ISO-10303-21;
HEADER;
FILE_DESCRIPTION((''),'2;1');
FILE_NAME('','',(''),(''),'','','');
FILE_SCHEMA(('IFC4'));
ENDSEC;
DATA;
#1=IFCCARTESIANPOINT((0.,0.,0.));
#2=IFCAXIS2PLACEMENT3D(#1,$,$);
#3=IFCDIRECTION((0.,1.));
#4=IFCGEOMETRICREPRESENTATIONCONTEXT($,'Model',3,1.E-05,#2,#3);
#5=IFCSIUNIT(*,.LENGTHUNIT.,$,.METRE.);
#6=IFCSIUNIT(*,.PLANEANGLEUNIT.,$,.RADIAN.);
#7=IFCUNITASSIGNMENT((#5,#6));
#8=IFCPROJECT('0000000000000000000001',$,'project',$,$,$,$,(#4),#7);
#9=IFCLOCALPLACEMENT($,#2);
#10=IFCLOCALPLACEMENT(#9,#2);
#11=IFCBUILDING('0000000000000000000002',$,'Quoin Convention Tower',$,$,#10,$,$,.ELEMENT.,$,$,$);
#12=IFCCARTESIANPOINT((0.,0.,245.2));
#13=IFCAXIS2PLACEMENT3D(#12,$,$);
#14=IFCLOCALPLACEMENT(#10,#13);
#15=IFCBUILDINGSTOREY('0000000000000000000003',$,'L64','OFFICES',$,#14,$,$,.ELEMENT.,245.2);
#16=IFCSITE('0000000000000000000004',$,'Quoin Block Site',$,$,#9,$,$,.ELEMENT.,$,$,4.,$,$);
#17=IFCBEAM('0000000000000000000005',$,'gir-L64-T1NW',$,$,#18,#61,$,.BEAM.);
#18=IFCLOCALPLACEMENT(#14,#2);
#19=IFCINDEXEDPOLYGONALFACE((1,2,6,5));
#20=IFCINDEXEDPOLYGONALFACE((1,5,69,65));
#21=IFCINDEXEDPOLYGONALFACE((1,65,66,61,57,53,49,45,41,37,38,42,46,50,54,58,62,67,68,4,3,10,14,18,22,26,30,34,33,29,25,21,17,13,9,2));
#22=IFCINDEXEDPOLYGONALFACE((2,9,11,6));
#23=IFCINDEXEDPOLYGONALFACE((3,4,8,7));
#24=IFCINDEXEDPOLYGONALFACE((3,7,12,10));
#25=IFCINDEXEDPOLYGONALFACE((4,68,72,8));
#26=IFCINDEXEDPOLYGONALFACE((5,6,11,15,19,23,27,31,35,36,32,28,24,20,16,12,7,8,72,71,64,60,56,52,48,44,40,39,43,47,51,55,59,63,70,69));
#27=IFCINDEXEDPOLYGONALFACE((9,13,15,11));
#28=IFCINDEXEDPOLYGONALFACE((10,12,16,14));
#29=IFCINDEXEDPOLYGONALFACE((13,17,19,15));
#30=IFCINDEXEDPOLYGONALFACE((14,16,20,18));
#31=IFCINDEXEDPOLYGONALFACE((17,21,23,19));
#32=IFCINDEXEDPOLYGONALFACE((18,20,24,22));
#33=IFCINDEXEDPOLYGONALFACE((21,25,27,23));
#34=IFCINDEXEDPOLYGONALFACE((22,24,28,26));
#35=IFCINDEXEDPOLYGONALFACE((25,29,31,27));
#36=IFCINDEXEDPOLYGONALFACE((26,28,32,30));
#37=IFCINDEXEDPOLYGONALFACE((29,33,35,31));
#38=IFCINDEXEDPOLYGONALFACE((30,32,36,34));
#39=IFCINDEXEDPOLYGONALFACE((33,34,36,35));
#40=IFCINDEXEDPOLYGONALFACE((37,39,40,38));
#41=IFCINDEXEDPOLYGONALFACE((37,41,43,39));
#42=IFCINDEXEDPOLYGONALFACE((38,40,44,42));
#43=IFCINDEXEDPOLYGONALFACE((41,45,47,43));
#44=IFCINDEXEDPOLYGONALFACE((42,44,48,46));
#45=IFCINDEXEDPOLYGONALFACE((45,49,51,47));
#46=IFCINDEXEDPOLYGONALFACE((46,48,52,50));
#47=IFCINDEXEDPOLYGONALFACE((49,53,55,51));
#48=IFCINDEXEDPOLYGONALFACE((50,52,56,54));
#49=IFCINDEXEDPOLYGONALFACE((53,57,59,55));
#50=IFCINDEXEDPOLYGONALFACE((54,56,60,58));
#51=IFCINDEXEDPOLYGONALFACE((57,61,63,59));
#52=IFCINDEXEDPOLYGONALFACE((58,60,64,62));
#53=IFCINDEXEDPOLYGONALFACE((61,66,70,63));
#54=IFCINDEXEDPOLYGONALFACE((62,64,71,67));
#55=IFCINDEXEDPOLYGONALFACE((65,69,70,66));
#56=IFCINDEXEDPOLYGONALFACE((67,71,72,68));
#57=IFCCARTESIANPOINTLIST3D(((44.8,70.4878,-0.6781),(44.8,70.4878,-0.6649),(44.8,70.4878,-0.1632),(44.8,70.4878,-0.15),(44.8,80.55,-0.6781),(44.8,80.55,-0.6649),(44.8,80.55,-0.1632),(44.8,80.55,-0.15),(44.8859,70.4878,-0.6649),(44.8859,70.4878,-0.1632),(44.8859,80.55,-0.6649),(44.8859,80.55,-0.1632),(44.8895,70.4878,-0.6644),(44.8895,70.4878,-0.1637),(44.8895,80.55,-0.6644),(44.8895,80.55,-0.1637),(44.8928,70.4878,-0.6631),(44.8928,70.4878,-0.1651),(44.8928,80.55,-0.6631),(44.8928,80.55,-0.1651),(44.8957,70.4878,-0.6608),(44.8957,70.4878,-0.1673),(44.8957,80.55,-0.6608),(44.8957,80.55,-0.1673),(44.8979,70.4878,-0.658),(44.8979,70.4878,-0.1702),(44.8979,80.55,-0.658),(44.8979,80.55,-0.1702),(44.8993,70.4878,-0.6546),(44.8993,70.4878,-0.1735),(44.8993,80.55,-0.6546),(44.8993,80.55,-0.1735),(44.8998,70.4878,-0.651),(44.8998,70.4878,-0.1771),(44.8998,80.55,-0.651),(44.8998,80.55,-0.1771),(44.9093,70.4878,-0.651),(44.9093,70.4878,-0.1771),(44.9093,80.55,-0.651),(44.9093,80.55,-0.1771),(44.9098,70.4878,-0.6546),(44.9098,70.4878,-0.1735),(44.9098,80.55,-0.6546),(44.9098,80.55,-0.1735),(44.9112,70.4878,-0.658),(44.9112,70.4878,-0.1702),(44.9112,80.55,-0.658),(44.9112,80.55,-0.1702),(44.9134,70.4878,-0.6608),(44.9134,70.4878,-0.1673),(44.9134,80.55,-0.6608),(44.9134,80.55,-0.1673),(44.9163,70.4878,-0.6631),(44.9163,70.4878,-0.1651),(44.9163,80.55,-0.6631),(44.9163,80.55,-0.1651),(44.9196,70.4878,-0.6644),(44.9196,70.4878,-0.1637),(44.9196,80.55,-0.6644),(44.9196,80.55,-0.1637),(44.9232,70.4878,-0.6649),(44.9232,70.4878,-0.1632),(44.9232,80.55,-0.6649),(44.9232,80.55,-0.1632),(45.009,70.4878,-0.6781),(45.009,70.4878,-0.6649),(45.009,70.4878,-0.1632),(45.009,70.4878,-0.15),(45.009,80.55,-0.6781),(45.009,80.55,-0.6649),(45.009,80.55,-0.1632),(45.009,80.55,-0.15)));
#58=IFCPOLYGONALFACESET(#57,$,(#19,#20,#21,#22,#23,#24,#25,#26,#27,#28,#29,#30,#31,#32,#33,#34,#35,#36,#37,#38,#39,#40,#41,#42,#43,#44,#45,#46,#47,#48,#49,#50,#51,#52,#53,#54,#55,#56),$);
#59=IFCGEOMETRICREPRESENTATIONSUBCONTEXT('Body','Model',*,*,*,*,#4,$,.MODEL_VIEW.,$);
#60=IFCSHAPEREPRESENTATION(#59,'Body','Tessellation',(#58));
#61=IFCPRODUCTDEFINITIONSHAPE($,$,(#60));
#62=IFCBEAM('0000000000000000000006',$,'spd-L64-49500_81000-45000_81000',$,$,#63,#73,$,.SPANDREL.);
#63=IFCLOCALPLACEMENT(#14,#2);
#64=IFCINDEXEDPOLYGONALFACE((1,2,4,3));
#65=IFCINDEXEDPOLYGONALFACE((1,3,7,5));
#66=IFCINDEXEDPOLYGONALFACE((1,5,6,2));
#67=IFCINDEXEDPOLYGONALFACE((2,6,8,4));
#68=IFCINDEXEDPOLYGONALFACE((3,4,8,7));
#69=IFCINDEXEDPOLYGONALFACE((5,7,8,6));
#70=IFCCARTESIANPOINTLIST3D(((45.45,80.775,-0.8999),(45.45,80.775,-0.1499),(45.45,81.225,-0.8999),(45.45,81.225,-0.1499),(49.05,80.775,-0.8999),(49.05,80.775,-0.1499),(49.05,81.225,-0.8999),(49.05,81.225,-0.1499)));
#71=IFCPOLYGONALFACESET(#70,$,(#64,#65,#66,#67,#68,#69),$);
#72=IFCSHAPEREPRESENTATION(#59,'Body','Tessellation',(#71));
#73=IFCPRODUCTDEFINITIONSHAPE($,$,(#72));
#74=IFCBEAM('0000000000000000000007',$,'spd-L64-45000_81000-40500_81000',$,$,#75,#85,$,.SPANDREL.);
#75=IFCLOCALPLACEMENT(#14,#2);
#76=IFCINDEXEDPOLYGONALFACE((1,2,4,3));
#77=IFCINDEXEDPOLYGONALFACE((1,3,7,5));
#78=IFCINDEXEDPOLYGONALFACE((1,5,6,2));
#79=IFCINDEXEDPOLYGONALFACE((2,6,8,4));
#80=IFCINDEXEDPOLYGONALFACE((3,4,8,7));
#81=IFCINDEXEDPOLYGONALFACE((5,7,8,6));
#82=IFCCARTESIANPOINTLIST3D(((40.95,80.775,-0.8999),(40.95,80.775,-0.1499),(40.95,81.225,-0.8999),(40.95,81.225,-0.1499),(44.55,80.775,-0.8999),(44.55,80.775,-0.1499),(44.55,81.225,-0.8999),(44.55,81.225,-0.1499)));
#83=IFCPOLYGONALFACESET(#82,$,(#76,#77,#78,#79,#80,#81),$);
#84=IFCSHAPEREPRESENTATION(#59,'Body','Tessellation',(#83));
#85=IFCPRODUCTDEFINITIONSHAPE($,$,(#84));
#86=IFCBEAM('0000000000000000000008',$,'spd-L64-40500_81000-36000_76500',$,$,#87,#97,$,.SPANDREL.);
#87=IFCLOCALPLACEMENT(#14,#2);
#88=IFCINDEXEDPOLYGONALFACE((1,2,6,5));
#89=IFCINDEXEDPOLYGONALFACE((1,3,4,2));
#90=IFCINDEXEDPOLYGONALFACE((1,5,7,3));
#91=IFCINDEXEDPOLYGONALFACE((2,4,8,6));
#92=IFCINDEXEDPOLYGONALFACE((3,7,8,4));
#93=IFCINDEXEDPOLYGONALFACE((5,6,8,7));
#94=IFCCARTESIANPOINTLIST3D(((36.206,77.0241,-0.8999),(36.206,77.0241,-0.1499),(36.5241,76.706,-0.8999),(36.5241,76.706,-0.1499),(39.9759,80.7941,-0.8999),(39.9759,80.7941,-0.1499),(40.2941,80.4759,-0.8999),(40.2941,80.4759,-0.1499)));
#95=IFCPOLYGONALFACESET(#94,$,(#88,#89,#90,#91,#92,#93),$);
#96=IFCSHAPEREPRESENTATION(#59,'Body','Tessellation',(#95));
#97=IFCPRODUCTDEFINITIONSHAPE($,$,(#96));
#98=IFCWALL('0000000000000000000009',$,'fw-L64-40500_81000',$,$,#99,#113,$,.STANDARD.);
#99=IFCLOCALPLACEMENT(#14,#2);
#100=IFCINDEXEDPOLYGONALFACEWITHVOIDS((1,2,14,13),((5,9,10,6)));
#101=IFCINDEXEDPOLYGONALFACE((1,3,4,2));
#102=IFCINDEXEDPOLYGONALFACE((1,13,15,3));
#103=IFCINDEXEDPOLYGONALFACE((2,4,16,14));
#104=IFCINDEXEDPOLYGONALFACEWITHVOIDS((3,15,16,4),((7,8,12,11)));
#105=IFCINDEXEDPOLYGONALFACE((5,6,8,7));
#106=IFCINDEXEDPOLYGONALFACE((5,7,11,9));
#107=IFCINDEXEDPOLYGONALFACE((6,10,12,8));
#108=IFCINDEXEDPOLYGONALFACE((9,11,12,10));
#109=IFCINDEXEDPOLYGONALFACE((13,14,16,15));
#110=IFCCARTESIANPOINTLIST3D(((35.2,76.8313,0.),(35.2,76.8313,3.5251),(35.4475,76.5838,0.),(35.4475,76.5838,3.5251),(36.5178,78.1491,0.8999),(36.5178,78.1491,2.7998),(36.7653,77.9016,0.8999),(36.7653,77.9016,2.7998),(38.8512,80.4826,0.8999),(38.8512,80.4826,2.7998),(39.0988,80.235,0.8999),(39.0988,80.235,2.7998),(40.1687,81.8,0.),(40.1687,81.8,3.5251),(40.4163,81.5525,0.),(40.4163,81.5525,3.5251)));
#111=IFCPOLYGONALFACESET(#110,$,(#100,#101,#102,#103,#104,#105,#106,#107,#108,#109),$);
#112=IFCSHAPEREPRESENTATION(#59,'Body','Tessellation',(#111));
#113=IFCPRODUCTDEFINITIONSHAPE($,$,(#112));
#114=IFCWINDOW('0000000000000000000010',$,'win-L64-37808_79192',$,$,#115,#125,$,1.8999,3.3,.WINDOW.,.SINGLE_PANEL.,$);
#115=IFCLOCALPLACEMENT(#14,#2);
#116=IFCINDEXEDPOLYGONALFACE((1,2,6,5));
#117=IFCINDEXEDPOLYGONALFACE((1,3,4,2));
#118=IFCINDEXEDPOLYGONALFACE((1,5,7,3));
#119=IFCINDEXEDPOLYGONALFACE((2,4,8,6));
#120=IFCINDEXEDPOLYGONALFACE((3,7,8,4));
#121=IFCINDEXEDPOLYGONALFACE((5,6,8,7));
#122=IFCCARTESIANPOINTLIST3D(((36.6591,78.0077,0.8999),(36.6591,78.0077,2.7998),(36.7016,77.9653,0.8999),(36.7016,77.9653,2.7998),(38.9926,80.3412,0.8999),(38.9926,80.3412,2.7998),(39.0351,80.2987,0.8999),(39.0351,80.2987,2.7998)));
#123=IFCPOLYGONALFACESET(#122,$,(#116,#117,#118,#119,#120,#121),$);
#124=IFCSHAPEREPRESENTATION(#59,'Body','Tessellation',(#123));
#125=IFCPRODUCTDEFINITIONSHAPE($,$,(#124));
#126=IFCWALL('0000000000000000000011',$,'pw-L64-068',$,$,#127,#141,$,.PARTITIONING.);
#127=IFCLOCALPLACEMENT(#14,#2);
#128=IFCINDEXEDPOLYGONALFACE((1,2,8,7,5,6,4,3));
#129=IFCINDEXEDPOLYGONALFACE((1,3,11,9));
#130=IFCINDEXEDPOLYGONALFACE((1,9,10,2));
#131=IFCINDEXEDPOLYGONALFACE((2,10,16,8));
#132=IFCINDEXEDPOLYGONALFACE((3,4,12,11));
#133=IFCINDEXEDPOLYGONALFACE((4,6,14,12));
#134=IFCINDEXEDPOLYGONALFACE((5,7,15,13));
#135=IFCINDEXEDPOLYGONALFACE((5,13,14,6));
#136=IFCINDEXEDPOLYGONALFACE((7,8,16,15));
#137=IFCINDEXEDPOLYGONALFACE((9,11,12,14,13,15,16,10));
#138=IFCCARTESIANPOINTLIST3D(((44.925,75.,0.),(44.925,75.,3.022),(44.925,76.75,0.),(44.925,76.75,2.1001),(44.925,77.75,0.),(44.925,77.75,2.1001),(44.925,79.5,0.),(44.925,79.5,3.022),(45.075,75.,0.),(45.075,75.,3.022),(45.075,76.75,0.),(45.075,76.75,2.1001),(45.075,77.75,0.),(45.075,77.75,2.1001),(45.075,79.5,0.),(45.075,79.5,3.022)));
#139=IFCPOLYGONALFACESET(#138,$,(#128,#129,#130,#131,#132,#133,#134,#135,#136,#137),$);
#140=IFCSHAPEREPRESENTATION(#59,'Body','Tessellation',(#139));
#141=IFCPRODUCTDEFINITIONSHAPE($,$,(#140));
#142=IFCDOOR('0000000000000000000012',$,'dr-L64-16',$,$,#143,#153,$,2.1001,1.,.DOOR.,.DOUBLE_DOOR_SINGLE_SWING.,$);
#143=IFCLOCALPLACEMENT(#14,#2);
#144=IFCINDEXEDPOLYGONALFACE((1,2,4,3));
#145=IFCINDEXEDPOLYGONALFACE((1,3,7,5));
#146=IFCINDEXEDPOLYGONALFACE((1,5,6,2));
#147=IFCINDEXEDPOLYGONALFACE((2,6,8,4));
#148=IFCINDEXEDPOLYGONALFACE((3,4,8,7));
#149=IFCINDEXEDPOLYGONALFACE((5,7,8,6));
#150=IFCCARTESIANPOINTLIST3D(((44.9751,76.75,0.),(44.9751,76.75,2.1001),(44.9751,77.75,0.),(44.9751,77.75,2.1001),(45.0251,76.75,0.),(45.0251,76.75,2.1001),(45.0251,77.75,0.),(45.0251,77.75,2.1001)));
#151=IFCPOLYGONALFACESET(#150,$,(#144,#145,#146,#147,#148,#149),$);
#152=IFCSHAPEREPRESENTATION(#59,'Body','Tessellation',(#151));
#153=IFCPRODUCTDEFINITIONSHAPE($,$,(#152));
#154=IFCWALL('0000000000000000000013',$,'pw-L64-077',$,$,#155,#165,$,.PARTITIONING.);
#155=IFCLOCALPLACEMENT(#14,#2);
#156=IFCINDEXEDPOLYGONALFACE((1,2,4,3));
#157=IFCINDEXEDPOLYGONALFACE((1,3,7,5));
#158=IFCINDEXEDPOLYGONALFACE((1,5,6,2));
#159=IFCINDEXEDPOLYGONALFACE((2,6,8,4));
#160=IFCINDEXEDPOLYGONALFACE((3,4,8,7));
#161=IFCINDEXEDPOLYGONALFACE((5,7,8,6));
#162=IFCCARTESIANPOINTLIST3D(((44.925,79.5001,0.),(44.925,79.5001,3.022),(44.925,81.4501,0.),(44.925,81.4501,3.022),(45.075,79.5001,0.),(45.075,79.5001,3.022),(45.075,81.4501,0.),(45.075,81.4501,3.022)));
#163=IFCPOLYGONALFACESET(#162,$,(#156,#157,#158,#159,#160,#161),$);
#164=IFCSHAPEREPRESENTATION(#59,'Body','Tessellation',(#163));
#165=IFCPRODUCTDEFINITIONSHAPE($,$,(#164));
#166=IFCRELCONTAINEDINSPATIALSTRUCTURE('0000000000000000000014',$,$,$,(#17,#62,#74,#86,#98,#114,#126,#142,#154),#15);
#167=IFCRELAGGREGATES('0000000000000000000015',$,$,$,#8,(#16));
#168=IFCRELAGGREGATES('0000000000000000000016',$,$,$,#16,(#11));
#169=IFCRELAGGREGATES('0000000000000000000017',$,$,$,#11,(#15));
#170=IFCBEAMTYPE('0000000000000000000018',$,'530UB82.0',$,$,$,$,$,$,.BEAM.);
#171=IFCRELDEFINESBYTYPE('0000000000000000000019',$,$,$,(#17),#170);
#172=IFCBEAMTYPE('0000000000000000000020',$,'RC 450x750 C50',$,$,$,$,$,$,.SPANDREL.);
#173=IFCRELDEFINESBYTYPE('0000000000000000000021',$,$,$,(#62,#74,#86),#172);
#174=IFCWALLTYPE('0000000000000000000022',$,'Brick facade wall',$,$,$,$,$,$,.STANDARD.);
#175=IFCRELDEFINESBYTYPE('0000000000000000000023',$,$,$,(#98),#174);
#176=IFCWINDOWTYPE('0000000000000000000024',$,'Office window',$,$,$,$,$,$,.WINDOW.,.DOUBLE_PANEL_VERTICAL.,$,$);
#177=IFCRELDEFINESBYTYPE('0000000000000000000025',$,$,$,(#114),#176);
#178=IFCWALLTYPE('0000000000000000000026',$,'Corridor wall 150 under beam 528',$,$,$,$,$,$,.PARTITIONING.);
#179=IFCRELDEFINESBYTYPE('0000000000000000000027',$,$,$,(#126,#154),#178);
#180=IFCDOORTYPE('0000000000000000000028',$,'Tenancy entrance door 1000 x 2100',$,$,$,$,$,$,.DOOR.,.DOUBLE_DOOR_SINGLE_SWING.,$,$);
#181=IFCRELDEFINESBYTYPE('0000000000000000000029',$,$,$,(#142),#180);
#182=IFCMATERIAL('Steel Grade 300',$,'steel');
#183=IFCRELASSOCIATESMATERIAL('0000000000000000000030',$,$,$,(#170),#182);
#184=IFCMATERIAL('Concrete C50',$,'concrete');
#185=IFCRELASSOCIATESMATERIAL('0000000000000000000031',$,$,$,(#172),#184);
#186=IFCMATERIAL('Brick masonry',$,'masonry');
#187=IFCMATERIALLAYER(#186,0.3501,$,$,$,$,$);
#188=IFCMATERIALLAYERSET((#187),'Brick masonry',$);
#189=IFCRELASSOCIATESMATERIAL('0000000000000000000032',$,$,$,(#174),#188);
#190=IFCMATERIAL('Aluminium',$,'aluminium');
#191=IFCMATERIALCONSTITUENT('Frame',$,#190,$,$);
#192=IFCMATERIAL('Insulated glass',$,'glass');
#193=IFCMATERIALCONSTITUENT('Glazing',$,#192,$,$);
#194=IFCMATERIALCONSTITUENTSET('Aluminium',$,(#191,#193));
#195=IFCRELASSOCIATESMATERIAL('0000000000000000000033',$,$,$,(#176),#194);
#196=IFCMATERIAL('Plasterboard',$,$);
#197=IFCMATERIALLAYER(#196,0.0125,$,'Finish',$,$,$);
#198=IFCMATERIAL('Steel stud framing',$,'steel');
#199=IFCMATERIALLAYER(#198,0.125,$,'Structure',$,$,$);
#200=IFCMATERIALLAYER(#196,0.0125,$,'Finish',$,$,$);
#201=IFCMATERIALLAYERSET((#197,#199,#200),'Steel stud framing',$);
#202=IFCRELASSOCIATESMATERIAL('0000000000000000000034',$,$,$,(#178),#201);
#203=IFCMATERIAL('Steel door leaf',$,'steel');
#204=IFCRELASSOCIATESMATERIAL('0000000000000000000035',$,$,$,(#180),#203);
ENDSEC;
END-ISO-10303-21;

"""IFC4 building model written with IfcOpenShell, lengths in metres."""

from ifc_helpers import new_model, si_unit, direction, frame, frame_2d, origin, origin_2d, place, context, subcontext, project, spatial, rectangle, i_section, extrude, material, layer, layer_set, constituent, constituent_set, material_profile, profile_set, type_object, element, fill, save


model = new_model("IFC4")

# Units and contexts
model_context = context("Model", 3, precision=1e-05, world=origin(), true_north=direction((0.0, 1.0)))
body_context = subcontext(model_context, "Body", "Model", "MODEL_VIEW")
ifc_project = project(units=[si_unit("LENGTHUNIT", "METRE"), si_unit("PLANEANGLEUNIT", "RADIAN")], contexts=[model_context])

# Site, building, storey
site_placement = place(None, origin())
site = spatial("IfcSite", under=ifc_project, at=site_placement, Name="Quoin Block Site", CompositionType="ELEMENT", RefElevation=4.0)
building_placement = place(site_placement, origin())
building = spatial("IfcBuilding", under=site, at=building_placement, Name="Quoin Convention Tower", CompositionType="ELEMENT")
storey_placement = place(building_placement, frame((0.0, 0.0, 245.2)))
storey = spatial("IfcBuildingStorey", under=building, at=storey_placement, Name="L64", Description="OFFICES", CompositionType="ELEMENT", Elevation=245.2)

# Shared definitions
ifc_material_1 = material(Name="Concrete C50", Category="concrete")

# Beams
ifc_material_2 = material(Name="Steel Grade 300", Category="steel")
ifc_material_profile_1 = material_profile(ifc_material_2, i_section(OverallWidth=0.209, OverallDepth=0.5281, WebThickness=0.0095, FlangeThickness=0.0132, FilletRadius=0.0139, at=origin_2d()), Name="530UB82.0")
ifc_profile_set_1 = profile_set([ifc_material_profile_1], Name="Steel Grade 300")
beam_type_1 = type_object("IfcBeamType", Name="530UB82.0", PredefinedType="BEAM", material=ifc_profile_set_1)
beam_1_placement = place(storey_placement, frame((44.9045, 80.55, -0.4141), z_axis=(0.0, -1.0, 0.0), x_axis=(1.0, 0.0, 0.0)))
element("IfcBeam", 1, at=beam_1_placement, inside=storey, type_object=beam_type_1, Name="gir-L64-T1NW", PredefinedType="BEAM", context=body_context, shape_type="SweptSolid", body=[
    extrude(i_section(OverallWidth=0.209, OverallDepth=0.5281, WebThickness=0.0095, FlangeThickness=0.0132, FilletRadius=0.0139, at=origin_2d()), origin(), (0.0, 0.0, 1.0), 10.0623),
])
ifc_material_profile_2 = material_profile(ifc_material_1, rectangle(XDim=0.45, YDim=0.75, at=origin_2d()), Name="RC 450x750")
ifc_profile_set_2 = profile_set([ifc_material_profile_2], Name="Concrete C50")
beam_type_2 = type_object("IfcBeamType", Name="RC 450x750 C50", PredefinedType="SPANDREL", material=ifc_profile_set_2)
for number, where, z_axis, x_axis, name in (
    (2, (49.05, 81.0, -0.5249), (-1.0, 0.0, 0.0), (0.0, -1.0, 0.0), "spd-L64-49500_81000-45000_81000"),
    (3, (44.55, 81.0, -0.5249), (-1.0, 0.0, 0.0), (0.0, -1.0, 0.0), "spd-L64-45000_81000-40500_81000"),
):
    element("IfcBeam", number, at=place(storey_placement, frame(where, z_axis=z_axis, x_axis=x_axis)), inside=storey, type_object=beam_type_2, Name=name, PredefinedType="SPANDREL", context=body_context, shape_type="SweptSolid", body=[
        extrude(rectangle(XDim=0.45, YDim=0.75, at=origin_2d()), origin(), (0.0, 0.0, 1.0), 3.6001),
    ])
beam_2_placement = place(storey_placement, frame((40.135, 80.635, -0.5249), z_axis=(-0.707107, -0.707107, 0.0), x_axis=(0.707107, -0.707107, 0.0)))
element("IfcBeam", 4, at=beam_2_placement, inside=storey, type_object=beam_type_2, Name="spd-L64-40500_81000-36000_76500", PredefinedType="SPANDREL", context=body_context, shape_type="SweptSolid", body=[
    extrude(rectangle(XDim=0.45, YDim=0.75, at=origin_2d()), origin(), (0.0, 0.0, 1.0), 5.3315),
])

# Wall, opening, window
ifc_material_3 = material(Name="Brick masonry", Category="masonry")
ifc_layer_1 = layer(ifc_material_3, 0.3501)
ifc_layer_set_1 = layer_set([ifc_layer_1], Name="Brick masonry")
wall_type_1 = type_object("IfcWallType", Name="Brick facade wall", PredefinedType="STANDARD", material=ifc_layer_set_1)
wall_1_placement = place(storey_placement, frame((40.2925, 81.6763, 0.0), z_axis=(0.0, 0.0, 1.0), x_axis=(-0.707107, -0.707107, 0.0)))
wall_1 = element("IfcWall", 5, at=wall_1_placement, inside=storey, type_object=wall_type_1, Name="fw-L64-40500_81000", PredefinedType="STANDARD", context=body_context, shape_type="SweptSolid", body=[
    extrude(rectangle(XDim=7.0269, YDim=0.3501, at=frame_2d((3.5134, 0.0))), origin(), (0.0, 0.0, 1.0), 3.5251),
])
opening_1_placement = place(wall_1_placement, frame((1.8633, 0.0, 0.8999)))
opening_1 = element("IfcOpeningElement", 6, at=opening_1_placement, cuts=wall_1, PredefinedType="OPENING", context=body_context, shape_type="SweptSolid", body=[
    extrude(rectangle(XDim=3.3, YDim=1.8999, at=frame_2d((1.6499, 0.95))), frame((0.0, 0.1851, 0.0), z_axis=(0.0, -1.0, 0.0), x_axis=(1.0, 0.0, 0.0)), (0.0, 0.0, 1.0), 0.3701),
])
ifc_material_4 = material(Name="Aluminium", Category="aluminium")
ifc_constituent_1 = constituent(ifc_material_4, Name="Frame")
ifc_material_5 = material(Name="Insulated glass", Category="glass")
ifc_constituent_2 = constituent(ifc_material_5, Name="Glazing")
ifc_constituent_set = constituent_set(constituents=[ifc_constituent_1, ifc_constituent_2], Name="Aluminium")
window_type = type_object("IfcWindowType", Name="Office window", PartitioningType="DOUBLE_PANEL_VERTICAL", PredefinedType="WINDOW", material=ifc_constituent_set)
window_placement = place(opening_1_placement, origin())
window = element("IfcWindow", 7, at=window_placement, inside=storey, type_object=window_type, Name="win-L64-37808_79192", OverallHeight=1.8999, OverallWidth=3.3, PartitioningType="SINGLE_PANEL", PredefinedType="WINDOW", context=body_context, shape_type="SweptSolid", body=[
    extrude(rectangle(XDim=3.3, YDim=1.8999, at=frame_2d((1.6499, 0.95))), frame((0.0, 0.085, 0.0), z_axis=(0.0, -1.0, 0.0), x_axis=(1.0, 0.0, 0.0)), (0.0, 0.0, 1.0), 0.0601),
])
fill(opening_1, window)

# Wall, opening, door
ifc_material_6 = material(Name="Plasterboard")
ifc_layer_2 = layer(ifc_material_6, 0.0125, Name="Finish")
ifc_material_7 = material(Name="Steel stud framing", Category="steel")
ifc_layer_3 = layer(ifc_material_7, 0.125, Name="Structure")
ifc_layer_4 = layer(ifc_material_6, 0.0125, Name="Finish")
ifc_layer_set_2 = layer_set([ifc_layer_2, ifc_layer_3, ifc_layer_4], Name="Steel stud framing")
wall_type_2 = type_object("IfcWallType", Name="Corridor wall 150 under beam 528", PredefinedType="PARTITIONING", material=ifc_layer_set_2)
wall_2_placement = place(storey_placement, frame((45.0, 75.0, 0.0), z_axis=(0.0, 0.0, 1.0), x_axis=(0.0, 1.0, 0.0)))
wall_2 = element("IfcWall", 8, at=wall_2_placement, inside=storey, type_object=wall_type_2, Name="pw-L64-068", PredefinedType="PARTITIONING", context=body_context, shape_type="SweptSolid", body=[
    extrude(rectangle(XDim=4.5, YDim=0.1499, at=frame_2d((2.25, 0.0))), origin(), (0.0, 0.0, 1.0), 3.022),
])
opening_2_placement = place(wall_2_placement, frame((1.75, 0.0, 0.0)))
opening_2 = element("IfcOpeningElement", 9, at=opening_2_placement, cuts=wall_2, PredefinedType="OPENING", context=body_context, shape_type="SweptSolid", body=[
    extrude(rectangle(XDim=1.0, YDim=2.1001, at=frame_2d((0.5, 1.05))), frame((0.0, 0.085, 0.0), z_axis=(0.0, -1.0, 0.0), x_axis=(1.0, 0.0, 0.0)), (0.0, 0.0, 1.0), 0.1699),
])
ifc_material_8 = material(Name="Steel door leaf", Category="steel")
door_type_1 = type_object("IfcDoorType", Name="Tenancy entrance door 1000 x 2100", OperationType="DOUBLE_DOOR_SINGLE_SWING", PredefinedType="DOOR", material=ifc_material_8)
door_1_placement = place(opening_2_placement, origin())
door_1 = element("IfcDoor", 10, at=door_1_placement, inside=storey, type_object=door_type_1, Name="dr-L64-16", OperationType="DOUBLE_DOOR_SINGLE_SWING", OverallHeight=2.1001, OverallWidth=1.0, PredefinedType="DOOR", context=body_context, shape_type="SweptSolid", body=[
    extrude(rectangle(XDim=1.0, YDim=2.1001, at=frame_2d((0.5, 1.05))), frame((0.0, 0.0249, 0.0), z_axis=(0.0, -1.0, 0.0), x_axis=(1.0, 0.0, 0.0)), (0.0, 0.0, 1.0), 0.05),
])
fill(opening_2, door_1)

# Wall
wall_3_placement = place(storey_placement, frame((45.0, 79.5, 0.0), z_axis=(0.0, 0.0, 1.0), x_axis=(0.0, 1.0, 0.0)))
element("IfcWall", 11, at=wall_3_placement, inside=storey, type_object=wall_type_2, Name="pw-L64-077", PredefinedType="PARTITIONING", context=body_context, shape_type="SweptSolid", body=[
    extrude(rectangle(XDim=1.95, YDim=0.1499, at=frame_2d((0.9751, 0.0))), origin(), (0.0, 0.0, 1.0), 3.022),
])

save(model, "model.ifc")
